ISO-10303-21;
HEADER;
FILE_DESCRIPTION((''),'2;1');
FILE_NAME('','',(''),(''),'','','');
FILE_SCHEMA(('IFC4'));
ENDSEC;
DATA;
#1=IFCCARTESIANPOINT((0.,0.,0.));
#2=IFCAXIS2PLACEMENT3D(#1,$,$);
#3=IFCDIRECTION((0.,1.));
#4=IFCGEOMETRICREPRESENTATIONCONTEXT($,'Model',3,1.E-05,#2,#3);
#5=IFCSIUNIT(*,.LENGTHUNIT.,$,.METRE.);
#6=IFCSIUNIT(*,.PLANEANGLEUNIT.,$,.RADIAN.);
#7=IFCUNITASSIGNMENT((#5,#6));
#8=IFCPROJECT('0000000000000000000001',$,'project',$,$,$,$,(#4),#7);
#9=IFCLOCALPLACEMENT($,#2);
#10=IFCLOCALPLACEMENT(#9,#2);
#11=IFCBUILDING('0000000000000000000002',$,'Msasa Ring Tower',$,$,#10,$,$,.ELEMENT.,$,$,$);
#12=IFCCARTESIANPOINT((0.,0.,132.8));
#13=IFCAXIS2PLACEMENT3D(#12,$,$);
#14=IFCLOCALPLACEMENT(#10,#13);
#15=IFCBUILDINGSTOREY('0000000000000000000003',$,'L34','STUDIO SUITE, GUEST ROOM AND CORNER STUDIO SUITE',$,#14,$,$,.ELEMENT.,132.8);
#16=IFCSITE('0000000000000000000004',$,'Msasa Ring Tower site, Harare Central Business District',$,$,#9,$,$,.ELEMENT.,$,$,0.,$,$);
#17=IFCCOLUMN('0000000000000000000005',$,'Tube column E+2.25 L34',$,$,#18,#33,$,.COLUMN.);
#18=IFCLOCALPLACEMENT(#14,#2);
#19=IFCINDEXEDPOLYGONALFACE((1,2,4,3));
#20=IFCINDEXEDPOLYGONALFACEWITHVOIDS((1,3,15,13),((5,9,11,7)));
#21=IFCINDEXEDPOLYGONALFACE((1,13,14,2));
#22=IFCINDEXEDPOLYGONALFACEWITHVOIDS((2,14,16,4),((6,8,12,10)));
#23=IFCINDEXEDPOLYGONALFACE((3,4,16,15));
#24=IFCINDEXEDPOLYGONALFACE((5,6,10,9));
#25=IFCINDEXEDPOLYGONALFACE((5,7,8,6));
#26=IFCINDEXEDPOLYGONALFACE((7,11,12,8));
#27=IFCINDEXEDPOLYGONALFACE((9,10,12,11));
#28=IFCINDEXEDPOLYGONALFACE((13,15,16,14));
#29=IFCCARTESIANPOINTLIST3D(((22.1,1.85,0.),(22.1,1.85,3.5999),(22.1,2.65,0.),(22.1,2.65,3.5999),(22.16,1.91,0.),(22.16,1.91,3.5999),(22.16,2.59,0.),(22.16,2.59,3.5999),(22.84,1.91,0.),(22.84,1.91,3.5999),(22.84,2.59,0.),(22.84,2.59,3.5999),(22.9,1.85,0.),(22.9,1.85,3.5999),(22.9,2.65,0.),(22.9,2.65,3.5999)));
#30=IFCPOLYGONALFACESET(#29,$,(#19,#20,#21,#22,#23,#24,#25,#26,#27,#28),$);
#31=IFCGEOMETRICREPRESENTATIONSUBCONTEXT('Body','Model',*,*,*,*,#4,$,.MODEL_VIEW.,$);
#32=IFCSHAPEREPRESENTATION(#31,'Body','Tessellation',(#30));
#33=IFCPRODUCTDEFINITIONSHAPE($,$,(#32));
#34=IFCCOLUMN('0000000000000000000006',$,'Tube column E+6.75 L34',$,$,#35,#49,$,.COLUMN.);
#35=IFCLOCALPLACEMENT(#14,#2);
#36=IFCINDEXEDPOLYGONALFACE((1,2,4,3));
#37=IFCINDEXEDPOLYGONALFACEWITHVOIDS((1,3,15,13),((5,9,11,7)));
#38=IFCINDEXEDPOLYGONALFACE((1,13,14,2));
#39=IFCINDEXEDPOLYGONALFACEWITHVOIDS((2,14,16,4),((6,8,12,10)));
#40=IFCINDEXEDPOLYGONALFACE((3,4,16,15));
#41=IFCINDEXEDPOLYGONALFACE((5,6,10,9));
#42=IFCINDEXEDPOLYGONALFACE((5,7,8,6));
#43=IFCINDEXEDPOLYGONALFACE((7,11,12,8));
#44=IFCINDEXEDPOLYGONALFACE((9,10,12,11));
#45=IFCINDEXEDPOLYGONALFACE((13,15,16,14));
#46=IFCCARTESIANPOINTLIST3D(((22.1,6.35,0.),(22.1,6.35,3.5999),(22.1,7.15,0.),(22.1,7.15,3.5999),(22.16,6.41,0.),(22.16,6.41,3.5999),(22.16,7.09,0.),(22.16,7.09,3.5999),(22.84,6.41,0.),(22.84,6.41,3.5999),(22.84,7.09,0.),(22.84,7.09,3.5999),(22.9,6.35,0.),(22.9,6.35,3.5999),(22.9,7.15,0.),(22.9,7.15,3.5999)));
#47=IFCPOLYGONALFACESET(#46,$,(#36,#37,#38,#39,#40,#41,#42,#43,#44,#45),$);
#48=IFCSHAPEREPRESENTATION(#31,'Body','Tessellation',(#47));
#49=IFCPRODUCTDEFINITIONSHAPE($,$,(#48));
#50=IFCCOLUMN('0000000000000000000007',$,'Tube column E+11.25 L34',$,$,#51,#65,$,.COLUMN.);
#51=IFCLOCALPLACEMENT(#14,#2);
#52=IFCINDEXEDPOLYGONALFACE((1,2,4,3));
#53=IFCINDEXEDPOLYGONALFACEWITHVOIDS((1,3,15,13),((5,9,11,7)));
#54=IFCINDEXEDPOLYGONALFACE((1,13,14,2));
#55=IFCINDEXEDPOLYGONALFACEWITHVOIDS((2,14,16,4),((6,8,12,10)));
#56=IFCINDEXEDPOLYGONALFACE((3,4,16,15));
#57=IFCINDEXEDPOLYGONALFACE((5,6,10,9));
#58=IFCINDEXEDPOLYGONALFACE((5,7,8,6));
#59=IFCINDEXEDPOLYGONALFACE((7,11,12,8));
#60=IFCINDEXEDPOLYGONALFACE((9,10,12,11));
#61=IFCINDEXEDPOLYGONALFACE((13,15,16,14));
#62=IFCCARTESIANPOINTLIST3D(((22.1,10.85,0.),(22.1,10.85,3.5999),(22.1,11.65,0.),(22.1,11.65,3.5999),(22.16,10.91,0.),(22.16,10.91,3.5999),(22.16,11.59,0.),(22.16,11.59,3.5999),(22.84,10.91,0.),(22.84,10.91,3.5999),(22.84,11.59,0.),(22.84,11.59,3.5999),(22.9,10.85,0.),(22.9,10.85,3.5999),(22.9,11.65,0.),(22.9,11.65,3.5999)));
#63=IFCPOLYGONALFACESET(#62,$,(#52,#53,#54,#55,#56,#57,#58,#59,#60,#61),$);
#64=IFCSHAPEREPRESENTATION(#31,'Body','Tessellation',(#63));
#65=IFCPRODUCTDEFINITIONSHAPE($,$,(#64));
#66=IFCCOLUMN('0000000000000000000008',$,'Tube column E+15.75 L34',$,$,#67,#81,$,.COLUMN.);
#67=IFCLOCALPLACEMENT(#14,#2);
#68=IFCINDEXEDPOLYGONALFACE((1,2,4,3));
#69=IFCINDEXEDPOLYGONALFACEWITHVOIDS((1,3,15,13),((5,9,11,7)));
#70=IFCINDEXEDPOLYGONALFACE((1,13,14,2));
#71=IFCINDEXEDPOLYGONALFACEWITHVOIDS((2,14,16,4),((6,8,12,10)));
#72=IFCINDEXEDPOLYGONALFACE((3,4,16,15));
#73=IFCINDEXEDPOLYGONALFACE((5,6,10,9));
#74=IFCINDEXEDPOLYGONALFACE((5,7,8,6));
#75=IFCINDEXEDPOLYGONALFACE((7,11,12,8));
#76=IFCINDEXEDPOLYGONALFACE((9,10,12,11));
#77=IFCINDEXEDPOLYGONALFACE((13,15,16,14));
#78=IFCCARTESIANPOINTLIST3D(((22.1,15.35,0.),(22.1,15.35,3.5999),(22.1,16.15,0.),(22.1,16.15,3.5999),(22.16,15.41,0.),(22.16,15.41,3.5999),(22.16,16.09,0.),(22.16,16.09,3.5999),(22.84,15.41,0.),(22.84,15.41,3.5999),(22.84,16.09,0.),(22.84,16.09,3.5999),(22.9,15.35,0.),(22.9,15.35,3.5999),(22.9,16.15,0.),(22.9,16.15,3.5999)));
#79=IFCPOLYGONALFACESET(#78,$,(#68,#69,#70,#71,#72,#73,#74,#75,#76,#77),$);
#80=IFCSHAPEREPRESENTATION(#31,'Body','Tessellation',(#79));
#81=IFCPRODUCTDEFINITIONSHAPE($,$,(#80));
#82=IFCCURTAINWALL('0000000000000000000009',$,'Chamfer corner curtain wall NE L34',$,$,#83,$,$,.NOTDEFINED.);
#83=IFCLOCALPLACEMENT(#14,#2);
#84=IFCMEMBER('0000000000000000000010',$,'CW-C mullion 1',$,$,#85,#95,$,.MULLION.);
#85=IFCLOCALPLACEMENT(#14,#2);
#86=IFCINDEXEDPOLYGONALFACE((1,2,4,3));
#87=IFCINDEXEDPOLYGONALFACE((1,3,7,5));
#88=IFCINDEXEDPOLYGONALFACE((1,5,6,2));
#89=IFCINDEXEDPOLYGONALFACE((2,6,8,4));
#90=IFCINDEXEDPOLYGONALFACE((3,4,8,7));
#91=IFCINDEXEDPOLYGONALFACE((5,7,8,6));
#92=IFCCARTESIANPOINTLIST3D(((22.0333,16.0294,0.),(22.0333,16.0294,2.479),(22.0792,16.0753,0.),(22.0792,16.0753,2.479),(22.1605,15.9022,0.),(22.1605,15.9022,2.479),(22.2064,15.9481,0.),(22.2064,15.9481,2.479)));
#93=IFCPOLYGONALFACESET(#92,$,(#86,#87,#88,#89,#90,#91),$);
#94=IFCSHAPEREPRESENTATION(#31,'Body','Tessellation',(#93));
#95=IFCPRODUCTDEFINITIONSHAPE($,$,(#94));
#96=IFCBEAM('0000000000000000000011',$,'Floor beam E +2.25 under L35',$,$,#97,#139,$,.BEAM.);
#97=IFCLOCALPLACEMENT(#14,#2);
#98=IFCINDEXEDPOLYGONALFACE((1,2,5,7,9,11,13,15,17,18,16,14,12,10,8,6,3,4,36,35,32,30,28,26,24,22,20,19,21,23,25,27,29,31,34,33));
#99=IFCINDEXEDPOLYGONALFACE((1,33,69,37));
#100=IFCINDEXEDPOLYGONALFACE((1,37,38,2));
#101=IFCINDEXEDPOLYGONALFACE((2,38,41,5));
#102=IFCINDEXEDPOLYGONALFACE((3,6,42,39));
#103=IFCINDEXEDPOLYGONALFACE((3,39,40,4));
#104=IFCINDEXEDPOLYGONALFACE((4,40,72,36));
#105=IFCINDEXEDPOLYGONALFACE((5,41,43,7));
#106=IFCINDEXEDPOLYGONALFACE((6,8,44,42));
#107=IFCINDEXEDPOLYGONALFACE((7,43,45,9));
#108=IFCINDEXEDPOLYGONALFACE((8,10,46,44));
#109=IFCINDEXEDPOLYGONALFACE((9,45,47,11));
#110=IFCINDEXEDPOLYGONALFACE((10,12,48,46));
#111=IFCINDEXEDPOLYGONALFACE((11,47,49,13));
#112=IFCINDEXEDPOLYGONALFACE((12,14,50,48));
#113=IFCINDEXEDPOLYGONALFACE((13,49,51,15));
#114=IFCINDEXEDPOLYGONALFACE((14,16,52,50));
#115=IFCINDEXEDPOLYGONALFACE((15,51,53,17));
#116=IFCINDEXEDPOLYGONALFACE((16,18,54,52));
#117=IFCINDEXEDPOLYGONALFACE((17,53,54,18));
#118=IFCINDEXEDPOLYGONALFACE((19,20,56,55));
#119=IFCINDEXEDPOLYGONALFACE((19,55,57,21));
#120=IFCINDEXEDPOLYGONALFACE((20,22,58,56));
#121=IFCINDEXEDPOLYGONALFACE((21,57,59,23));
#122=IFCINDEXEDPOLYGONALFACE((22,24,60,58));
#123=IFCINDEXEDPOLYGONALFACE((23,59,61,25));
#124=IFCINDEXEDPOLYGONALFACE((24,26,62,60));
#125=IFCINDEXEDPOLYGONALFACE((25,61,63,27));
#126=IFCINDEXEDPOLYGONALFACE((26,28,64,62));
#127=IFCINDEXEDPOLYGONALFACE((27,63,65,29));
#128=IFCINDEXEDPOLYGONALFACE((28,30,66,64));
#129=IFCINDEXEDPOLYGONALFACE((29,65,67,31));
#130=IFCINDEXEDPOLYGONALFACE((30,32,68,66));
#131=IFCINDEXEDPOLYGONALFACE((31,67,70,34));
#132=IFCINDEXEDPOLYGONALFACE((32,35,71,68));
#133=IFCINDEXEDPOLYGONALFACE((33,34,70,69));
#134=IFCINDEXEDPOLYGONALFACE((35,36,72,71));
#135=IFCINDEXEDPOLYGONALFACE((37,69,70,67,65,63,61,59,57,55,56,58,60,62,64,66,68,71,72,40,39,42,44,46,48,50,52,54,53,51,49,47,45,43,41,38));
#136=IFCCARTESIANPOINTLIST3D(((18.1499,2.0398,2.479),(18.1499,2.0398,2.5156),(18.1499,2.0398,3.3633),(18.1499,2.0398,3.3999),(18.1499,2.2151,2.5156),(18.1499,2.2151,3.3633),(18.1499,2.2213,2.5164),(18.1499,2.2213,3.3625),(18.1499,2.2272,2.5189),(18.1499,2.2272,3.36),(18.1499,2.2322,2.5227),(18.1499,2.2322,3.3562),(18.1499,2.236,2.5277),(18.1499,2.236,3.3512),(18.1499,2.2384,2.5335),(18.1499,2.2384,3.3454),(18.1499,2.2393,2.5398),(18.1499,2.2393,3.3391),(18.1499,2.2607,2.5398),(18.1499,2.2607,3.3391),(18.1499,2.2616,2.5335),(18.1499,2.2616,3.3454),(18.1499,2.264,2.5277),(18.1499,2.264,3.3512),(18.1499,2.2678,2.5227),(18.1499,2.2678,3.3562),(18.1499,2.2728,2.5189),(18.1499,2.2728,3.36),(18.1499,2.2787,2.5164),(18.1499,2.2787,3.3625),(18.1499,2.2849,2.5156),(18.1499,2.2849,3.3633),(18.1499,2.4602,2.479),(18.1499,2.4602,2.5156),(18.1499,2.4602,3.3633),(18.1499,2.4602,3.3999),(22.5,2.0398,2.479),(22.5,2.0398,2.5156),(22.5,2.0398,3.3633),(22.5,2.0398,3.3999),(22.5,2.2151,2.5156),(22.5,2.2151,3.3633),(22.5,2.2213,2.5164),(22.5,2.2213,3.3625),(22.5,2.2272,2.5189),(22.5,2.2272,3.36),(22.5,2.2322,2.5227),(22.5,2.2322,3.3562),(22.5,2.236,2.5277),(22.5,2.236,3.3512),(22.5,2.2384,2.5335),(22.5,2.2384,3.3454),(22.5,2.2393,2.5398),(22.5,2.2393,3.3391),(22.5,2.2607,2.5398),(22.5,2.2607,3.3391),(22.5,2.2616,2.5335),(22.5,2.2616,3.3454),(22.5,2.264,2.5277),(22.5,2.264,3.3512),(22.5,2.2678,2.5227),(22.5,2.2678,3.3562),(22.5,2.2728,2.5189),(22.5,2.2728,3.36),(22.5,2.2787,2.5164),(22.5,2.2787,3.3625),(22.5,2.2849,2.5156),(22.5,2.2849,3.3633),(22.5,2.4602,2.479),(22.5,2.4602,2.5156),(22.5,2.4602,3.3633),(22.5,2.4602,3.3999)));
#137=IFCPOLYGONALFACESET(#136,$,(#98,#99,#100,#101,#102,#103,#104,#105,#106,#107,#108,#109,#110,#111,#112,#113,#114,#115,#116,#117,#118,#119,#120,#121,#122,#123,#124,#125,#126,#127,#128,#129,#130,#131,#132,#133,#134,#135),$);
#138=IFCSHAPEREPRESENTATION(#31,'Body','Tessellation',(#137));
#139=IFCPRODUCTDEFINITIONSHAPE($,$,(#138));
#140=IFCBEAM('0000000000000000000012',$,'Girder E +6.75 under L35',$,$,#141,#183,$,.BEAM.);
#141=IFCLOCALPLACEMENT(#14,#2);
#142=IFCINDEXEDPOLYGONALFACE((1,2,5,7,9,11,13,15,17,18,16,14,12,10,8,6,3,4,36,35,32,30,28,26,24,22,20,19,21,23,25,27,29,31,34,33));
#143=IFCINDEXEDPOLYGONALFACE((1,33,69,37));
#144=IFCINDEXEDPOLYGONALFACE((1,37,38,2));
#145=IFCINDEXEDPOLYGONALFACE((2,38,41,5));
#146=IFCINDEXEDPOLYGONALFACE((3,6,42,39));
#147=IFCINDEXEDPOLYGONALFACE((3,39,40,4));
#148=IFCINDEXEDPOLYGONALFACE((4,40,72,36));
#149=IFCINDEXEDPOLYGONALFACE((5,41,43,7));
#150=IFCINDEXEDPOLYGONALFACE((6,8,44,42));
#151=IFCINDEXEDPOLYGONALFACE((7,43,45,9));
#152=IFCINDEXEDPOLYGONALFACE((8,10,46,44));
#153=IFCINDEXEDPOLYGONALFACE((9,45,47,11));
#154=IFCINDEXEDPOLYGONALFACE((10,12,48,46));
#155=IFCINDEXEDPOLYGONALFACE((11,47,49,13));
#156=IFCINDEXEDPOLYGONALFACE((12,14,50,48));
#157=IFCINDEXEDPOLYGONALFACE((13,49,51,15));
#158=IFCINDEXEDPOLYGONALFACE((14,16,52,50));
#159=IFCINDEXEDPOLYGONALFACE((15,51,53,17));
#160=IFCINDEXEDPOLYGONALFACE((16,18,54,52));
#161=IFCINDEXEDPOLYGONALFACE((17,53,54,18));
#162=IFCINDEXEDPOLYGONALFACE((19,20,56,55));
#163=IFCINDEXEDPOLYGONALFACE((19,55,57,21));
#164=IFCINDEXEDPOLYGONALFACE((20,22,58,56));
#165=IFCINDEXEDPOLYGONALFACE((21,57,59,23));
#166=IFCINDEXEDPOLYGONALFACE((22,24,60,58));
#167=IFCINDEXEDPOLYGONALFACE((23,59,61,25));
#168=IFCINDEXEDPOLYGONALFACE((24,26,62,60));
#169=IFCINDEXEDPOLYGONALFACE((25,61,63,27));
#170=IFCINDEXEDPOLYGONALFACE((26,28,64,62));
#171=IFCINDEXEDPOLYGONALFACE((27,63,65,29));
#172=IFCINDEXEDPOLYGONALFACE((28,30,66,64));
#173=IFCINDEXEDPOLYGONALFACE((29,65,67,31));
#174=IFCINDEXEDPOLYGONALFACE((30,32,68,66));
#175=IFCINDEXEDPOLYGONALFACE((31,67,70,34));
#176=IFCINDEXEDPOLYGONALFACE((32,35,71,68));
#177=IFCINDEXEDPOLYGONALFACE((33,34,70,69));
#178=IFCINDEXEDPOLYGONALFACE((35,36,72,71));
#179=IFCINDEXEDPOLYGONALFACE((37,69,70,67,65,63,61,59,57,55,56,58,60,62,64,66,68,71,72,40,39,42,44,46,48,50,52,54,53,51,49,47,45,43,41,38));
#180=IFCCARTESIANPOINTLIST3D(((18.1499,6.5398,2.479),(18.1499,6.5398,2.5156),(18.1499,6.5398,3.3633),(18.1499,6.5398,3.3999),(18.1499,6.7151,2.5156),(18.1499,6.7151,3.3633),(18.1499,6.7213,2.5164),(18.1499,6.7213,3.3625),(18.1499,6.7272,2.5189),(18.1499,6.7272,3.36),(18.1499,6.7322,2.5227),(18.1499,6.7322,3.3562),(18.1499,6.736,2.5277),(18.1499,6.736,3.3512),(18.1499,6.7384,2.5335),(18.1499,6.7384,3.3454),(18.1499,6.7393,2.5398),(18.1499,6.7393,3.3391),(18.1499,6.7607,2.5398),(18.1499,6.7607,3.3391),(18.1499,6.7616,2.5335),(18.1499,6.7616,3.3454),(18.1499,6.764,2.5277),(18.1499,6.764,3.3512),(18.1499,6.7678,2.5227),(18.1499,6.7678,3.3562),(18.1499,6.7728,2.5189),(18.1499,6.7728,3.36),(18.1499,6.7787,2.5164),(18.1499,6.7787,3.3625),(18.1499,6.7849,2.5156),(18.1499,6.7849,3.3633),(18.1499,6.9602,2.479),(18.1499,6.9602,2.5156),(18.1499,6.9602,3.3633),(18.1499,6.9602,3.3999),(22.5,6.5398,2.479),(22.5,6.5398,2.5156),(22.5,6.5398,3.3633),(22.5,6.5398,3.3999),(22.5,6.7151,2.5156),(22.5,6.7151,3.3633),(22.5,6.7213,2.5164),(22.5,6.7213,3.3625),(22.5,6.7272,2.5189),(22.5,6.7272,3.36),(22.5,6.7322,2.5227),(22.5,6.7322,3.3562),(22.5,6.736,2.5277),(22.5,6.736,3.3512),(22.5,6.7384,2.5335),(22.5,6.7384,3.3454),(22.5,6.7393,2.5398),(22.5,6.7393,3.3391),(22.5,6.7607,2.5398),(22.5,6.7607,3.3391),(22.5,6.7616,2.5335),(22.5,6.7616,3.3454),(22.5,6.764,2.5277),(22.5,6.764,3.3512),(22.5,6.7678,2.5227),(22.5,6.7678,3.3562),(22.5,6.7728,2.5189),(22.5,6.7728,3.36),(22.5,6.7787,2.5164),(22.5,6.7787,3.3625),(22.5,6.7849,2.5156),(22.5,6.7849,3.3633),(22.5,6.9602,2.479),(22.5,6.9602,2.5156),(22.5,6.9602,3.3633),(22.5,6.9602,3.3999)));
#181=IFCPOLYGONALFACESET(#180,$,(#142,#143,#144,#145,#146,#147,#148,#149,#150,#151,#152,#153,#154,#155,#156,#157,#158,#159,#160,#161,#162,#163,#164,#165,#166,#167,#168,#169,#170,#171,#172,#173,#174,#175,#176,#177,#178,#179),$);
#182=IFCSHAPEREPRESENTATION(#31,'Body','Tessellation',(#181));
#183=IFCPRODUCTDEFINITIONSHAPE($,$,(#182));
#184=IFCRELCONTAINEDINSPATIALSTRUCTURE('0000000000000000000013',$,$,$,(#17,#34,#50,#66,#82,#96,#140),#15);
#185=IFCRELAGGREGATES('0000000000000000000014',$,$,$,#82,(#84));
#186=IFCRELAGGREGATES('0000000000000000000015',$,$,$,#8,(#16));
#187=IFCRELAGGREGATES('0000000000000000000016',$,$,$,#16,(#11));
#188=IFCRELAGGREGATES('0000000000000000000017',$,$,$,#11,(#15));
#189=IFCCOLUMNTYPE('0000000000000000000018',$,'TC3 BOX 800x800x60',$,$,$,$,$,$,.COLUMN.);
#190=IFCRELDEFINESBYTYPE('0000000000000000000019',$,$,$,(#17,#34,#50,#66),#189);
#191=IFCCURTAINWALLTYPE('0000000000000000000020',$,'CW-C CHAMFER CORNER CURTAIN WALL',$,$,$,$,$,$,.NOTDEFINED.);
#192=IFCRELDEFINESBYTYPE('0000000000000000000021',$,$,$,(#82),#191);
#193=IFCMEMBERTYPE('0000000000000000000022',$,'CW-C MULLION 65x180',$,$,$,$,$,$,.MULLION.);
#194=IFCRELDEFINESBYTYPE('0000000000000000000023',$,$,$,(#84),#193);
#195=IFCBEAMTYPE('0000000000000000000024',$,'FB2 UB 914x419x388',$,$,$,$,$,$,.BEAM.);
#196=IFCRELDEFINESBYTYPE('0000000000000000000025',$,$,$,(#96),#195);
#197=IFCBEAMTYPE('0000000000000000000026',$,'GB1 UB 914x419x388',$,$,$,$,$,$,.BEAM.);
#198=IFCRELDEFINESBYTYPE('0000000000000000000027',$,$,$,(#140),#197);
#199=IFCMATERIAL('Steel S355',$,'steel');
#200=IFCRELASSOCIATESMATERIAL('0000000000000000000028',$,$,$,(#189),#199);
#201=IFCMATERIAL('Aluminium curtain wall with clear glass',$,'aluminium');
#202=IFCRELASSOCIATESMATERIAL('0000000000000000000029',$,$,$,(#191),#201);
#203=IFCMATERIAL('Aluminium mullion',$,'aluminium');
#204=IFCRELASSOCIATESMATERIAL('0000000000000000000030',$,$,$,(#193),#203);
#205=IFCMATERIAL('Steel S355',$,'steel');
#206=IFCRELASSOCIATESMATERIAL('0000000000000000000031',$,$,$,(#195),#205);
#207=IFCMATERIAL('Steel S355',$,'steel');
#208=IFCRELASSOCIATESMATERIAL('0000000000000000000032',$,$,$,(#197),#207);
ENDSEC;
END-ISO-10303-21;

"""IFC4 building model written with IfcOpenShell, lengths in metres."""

from ifc_helpers import new_model, si_unit, direction, frame, origin, origin_2d, place, context, subcontext, project, spatial, rectangle, hollow_rectangle, i_section, extrude, material, material_profile, profile_set, type_object, element, aggregate, save


model = new_model("IFC4")

# Units and contexts
model_context = context("Model", 3, precision=1e-05, world=origin(), true_north=direction((0.0, 1.0)))
body_context = subcontext(model_context, "Body", "Model", "MODEL_VIEW")
ifc_project = project(units=[si_unit("LENGTHUNIT", "METRE"), si_unit("PLANEANGLEUNIT", "RADIAN")], contexts=[model_context])

# Site, building, storey
site_placement = place(None, origin())
site = spatial("IfcSite", under=ifc_project, at=site_placement, Name="Msasa Ring Tower site, Harare Central Business District", CompositionType="ELEMENT", RefElevation=0.0)
building_placement = place(site_placement, origin())
building = spatial("IfcBuilding", under=site, at=building_placement, Name="Msasa Ring Tower", CompositionType="ELEMENT")
storey_placement = place(building_placement, frame((0.0, 0.0, 132.8)))
storey = spatial("IfcBuildingStorey", under=building, at=storey_placement, Name="L34", Description="STUDIO SUITE, GUEST ROOM AND CORNER STUDIO SUITE", CompositionType="ELEMENT", Elevation=132.8)

# Columns
ifc_material_1 = material(Name="Steel S355", Category="steel")
ifc_material_profile_1 = material_profile(ifc_material_1, hollow_rectangle(XDim=0.8, YDim=0.8, WallThickness=0.0601, at=origin_2d()), Name="BOX 800x800x60")
ifc_profile_set_1 = profile_set([ifc_material_profile_1], Name="Steel S355")
column_type = type_object("IfcColumnType", Name="TC3 BOX 800x800x60", PredefinedType="COLUMN", material=ifc_profile_set_1)
for number, where, z_axis, x_axis, name in (
    (1, (22.5, 2.25, 0.0), (0.0, 0.0, 1.0), (1.0, 0.0, 0.0), "Tube column E+2.25 L34"),
    (2, (22.5, 6.75, 0.0), (0.0, 0.0, 1.0), (1.0, 0.0, 0.0), "Tube column E+6.75 L34"),
    (3, (22.5, 11.25, 0.0), (0.0, 0.0, 1.0), (1.0, 0.0, 0.0), "Tube column E+11.25 L34"),
    (4, (22.5, 15.75, 0.0), (0.0, 0.0, 1.0), (1.0, 0.0, 0.0), "Tube column E+15.75 L34"),
):
    element("IfcColumn", number, at=place(storey_placement, frame(where, z_axis=z_axis, x_axis=x_axis)), inside=storey, type_object=column_type, Name=name, PredefinedType="COLUMN", context=body_context, shape_type="SweptSolid", body=[
        extrude(hollow_rectangle(XDim=0.8, YDim=0.8, WallThickness=0.0601, at=origin_2d()), origin(), (0.0, 0.0, 1.0), 3.5999),
    ])

# Curtain wall, member
ifc_material_2 = material(Name="Aluminium curtain wall with clear glass", Category="aluminium")
curtain_wall_type = type_object("IfcCurtainWallType", Name="CW-C CHAMFER CORNER CURTAIN WALL", PredefinedType="NOTDEFINED", material=ifc_material_2)
curtain_wall_placement = place(storey_placement, origin())
curtain_wall = element("IfcCurtainWall", 5, at=curtain_wall_placement, inside=storey, type_object=curtain_wall_type, Name="Chamfer corner curtain wall NE L34", PredefinedType="NOTDEFINED")
ifc_material_3 = material(Name="Aluminium mullion", Category="aluminium")
ifc_material_profile_2 = material_profile(ifc_material_3, rectangle(XDim=0.0649, YDim=0.1799, at=origin_2d()), Name="AL 65x180")
ifc_profile_set_2 = profile_set([ifc_material_profile_2], Name="Aluminium mullion")
member_type = type_object("IfcMemberType", Name="CW-C MULLION 65x180", PredefinedType="MULLION", material=ifc_profile_set_2)
member_placement = place(storey_placement, frame((22.1199, 15.9888, 0.0), z_axis=(0.0, 0.0, 1.0), x_axis=(-0.707107, -0.707107, 0.0)))
member = element("IfcMember", 6, at=member_placement, type_object=member_type, Name="CW-C mullion 1", PredefinedType="MULLION", context=body_context, shape_type="SweptSolid", body=[
    extrude(rectangle(XDim=0.0649, YDim=0.1799, at=origin_2d()), origin(), (0.0, 0.0, 1.0), 2.479),
])
aggregate(curtain_wall, [member])

# Beams
ifc_material_4 = material(Name="Steel S355", Category="steel")
ifc_material_profile_3 = material_profile(ifc_material_4, i_section(OverallWidth=0.4204, OverallDepth=0.9209, WebThickness=0.0215, FlangeThickness=0.0366, FilletRadius=0.0242, at=origin_2d()), Name="UB 914x419x388")
ifc_profile_set_3 = profile_set([ifc_material_profile_3], Name="Steel S355")
beam_type_1 = type_object("IfcBeamType", Name="FB2 UB 914x419x388", PredefinedType="BEAM", material=ifc_profile_set_3)
beam_1_placement = place(storey_placement, frame((22.5, 2.25, 2.9395), z_axis=(-1.0, 0.0, 0.0), x_axis=(0.0, -1.0, 0.0)))
element("IfcBeam", 7, at=beam_1_placement, inside=storey, type_object=beam_type_1, Name="Floor beam E +2.25 under L35", PredefinedType="BEAM", context=body_context, shape_type="SweptSolid", body=[
    extrude(i_section(OverallWidth=0.4204, OverallDepth=0.9209, WebThickness=0.0215, FlangeThickness=0.0366, FilletRadius=0.0242, at=origin_2d()), origin(), (0.0, 0.0, 1.0), 4.3501),
])
ifc_material_5 = material(Name="Steel S355", Category="steel")
ifc_material_profile_4 = material_profile(ifc_material_5, i_section(OverallWidth=0.4204, OverallDepth=0.9209, WebThickness=0.0215, FlangeThickness=0.0366, FilletRadius=0.0242, at=origin_2d()), Name="UB 914x419x388")
ifc_profile_set_4 = profile_set([ifc_material_profile_4], Name="Steel S355")
beam_type_2 = type_object("IfcBeamType", Name="GB1 UB 914x419x388", PredefinedType="BEAM", material=ifc_profile_set_4)
beam_2_placement = place(storey_placement, frame((18.1499, 6.75, 2.9395), z_axis=(1.0, 0.0, 0.0), x_axis=(0.0, 1.0, 0.0)))
element("IfcBeam", 8, at=beam_2_placement, inside=storey, type_object=beam_type_2, Name="Girder E +6.75 under L35", PredefinedType="BEAM", context=body_context, shape_type="SweptSolid", body=[
    extrude(i_section(OverallWidth=0.4204, OverallDepth=0.9209, WebThickness=0.0215, FlangeThickness=0.0366, FilletRadius=0.0242, at=origin_2d()), origin(), (0.0, 0.0, 1.0), 4.3501),
])

save(model, "model.ifc")
